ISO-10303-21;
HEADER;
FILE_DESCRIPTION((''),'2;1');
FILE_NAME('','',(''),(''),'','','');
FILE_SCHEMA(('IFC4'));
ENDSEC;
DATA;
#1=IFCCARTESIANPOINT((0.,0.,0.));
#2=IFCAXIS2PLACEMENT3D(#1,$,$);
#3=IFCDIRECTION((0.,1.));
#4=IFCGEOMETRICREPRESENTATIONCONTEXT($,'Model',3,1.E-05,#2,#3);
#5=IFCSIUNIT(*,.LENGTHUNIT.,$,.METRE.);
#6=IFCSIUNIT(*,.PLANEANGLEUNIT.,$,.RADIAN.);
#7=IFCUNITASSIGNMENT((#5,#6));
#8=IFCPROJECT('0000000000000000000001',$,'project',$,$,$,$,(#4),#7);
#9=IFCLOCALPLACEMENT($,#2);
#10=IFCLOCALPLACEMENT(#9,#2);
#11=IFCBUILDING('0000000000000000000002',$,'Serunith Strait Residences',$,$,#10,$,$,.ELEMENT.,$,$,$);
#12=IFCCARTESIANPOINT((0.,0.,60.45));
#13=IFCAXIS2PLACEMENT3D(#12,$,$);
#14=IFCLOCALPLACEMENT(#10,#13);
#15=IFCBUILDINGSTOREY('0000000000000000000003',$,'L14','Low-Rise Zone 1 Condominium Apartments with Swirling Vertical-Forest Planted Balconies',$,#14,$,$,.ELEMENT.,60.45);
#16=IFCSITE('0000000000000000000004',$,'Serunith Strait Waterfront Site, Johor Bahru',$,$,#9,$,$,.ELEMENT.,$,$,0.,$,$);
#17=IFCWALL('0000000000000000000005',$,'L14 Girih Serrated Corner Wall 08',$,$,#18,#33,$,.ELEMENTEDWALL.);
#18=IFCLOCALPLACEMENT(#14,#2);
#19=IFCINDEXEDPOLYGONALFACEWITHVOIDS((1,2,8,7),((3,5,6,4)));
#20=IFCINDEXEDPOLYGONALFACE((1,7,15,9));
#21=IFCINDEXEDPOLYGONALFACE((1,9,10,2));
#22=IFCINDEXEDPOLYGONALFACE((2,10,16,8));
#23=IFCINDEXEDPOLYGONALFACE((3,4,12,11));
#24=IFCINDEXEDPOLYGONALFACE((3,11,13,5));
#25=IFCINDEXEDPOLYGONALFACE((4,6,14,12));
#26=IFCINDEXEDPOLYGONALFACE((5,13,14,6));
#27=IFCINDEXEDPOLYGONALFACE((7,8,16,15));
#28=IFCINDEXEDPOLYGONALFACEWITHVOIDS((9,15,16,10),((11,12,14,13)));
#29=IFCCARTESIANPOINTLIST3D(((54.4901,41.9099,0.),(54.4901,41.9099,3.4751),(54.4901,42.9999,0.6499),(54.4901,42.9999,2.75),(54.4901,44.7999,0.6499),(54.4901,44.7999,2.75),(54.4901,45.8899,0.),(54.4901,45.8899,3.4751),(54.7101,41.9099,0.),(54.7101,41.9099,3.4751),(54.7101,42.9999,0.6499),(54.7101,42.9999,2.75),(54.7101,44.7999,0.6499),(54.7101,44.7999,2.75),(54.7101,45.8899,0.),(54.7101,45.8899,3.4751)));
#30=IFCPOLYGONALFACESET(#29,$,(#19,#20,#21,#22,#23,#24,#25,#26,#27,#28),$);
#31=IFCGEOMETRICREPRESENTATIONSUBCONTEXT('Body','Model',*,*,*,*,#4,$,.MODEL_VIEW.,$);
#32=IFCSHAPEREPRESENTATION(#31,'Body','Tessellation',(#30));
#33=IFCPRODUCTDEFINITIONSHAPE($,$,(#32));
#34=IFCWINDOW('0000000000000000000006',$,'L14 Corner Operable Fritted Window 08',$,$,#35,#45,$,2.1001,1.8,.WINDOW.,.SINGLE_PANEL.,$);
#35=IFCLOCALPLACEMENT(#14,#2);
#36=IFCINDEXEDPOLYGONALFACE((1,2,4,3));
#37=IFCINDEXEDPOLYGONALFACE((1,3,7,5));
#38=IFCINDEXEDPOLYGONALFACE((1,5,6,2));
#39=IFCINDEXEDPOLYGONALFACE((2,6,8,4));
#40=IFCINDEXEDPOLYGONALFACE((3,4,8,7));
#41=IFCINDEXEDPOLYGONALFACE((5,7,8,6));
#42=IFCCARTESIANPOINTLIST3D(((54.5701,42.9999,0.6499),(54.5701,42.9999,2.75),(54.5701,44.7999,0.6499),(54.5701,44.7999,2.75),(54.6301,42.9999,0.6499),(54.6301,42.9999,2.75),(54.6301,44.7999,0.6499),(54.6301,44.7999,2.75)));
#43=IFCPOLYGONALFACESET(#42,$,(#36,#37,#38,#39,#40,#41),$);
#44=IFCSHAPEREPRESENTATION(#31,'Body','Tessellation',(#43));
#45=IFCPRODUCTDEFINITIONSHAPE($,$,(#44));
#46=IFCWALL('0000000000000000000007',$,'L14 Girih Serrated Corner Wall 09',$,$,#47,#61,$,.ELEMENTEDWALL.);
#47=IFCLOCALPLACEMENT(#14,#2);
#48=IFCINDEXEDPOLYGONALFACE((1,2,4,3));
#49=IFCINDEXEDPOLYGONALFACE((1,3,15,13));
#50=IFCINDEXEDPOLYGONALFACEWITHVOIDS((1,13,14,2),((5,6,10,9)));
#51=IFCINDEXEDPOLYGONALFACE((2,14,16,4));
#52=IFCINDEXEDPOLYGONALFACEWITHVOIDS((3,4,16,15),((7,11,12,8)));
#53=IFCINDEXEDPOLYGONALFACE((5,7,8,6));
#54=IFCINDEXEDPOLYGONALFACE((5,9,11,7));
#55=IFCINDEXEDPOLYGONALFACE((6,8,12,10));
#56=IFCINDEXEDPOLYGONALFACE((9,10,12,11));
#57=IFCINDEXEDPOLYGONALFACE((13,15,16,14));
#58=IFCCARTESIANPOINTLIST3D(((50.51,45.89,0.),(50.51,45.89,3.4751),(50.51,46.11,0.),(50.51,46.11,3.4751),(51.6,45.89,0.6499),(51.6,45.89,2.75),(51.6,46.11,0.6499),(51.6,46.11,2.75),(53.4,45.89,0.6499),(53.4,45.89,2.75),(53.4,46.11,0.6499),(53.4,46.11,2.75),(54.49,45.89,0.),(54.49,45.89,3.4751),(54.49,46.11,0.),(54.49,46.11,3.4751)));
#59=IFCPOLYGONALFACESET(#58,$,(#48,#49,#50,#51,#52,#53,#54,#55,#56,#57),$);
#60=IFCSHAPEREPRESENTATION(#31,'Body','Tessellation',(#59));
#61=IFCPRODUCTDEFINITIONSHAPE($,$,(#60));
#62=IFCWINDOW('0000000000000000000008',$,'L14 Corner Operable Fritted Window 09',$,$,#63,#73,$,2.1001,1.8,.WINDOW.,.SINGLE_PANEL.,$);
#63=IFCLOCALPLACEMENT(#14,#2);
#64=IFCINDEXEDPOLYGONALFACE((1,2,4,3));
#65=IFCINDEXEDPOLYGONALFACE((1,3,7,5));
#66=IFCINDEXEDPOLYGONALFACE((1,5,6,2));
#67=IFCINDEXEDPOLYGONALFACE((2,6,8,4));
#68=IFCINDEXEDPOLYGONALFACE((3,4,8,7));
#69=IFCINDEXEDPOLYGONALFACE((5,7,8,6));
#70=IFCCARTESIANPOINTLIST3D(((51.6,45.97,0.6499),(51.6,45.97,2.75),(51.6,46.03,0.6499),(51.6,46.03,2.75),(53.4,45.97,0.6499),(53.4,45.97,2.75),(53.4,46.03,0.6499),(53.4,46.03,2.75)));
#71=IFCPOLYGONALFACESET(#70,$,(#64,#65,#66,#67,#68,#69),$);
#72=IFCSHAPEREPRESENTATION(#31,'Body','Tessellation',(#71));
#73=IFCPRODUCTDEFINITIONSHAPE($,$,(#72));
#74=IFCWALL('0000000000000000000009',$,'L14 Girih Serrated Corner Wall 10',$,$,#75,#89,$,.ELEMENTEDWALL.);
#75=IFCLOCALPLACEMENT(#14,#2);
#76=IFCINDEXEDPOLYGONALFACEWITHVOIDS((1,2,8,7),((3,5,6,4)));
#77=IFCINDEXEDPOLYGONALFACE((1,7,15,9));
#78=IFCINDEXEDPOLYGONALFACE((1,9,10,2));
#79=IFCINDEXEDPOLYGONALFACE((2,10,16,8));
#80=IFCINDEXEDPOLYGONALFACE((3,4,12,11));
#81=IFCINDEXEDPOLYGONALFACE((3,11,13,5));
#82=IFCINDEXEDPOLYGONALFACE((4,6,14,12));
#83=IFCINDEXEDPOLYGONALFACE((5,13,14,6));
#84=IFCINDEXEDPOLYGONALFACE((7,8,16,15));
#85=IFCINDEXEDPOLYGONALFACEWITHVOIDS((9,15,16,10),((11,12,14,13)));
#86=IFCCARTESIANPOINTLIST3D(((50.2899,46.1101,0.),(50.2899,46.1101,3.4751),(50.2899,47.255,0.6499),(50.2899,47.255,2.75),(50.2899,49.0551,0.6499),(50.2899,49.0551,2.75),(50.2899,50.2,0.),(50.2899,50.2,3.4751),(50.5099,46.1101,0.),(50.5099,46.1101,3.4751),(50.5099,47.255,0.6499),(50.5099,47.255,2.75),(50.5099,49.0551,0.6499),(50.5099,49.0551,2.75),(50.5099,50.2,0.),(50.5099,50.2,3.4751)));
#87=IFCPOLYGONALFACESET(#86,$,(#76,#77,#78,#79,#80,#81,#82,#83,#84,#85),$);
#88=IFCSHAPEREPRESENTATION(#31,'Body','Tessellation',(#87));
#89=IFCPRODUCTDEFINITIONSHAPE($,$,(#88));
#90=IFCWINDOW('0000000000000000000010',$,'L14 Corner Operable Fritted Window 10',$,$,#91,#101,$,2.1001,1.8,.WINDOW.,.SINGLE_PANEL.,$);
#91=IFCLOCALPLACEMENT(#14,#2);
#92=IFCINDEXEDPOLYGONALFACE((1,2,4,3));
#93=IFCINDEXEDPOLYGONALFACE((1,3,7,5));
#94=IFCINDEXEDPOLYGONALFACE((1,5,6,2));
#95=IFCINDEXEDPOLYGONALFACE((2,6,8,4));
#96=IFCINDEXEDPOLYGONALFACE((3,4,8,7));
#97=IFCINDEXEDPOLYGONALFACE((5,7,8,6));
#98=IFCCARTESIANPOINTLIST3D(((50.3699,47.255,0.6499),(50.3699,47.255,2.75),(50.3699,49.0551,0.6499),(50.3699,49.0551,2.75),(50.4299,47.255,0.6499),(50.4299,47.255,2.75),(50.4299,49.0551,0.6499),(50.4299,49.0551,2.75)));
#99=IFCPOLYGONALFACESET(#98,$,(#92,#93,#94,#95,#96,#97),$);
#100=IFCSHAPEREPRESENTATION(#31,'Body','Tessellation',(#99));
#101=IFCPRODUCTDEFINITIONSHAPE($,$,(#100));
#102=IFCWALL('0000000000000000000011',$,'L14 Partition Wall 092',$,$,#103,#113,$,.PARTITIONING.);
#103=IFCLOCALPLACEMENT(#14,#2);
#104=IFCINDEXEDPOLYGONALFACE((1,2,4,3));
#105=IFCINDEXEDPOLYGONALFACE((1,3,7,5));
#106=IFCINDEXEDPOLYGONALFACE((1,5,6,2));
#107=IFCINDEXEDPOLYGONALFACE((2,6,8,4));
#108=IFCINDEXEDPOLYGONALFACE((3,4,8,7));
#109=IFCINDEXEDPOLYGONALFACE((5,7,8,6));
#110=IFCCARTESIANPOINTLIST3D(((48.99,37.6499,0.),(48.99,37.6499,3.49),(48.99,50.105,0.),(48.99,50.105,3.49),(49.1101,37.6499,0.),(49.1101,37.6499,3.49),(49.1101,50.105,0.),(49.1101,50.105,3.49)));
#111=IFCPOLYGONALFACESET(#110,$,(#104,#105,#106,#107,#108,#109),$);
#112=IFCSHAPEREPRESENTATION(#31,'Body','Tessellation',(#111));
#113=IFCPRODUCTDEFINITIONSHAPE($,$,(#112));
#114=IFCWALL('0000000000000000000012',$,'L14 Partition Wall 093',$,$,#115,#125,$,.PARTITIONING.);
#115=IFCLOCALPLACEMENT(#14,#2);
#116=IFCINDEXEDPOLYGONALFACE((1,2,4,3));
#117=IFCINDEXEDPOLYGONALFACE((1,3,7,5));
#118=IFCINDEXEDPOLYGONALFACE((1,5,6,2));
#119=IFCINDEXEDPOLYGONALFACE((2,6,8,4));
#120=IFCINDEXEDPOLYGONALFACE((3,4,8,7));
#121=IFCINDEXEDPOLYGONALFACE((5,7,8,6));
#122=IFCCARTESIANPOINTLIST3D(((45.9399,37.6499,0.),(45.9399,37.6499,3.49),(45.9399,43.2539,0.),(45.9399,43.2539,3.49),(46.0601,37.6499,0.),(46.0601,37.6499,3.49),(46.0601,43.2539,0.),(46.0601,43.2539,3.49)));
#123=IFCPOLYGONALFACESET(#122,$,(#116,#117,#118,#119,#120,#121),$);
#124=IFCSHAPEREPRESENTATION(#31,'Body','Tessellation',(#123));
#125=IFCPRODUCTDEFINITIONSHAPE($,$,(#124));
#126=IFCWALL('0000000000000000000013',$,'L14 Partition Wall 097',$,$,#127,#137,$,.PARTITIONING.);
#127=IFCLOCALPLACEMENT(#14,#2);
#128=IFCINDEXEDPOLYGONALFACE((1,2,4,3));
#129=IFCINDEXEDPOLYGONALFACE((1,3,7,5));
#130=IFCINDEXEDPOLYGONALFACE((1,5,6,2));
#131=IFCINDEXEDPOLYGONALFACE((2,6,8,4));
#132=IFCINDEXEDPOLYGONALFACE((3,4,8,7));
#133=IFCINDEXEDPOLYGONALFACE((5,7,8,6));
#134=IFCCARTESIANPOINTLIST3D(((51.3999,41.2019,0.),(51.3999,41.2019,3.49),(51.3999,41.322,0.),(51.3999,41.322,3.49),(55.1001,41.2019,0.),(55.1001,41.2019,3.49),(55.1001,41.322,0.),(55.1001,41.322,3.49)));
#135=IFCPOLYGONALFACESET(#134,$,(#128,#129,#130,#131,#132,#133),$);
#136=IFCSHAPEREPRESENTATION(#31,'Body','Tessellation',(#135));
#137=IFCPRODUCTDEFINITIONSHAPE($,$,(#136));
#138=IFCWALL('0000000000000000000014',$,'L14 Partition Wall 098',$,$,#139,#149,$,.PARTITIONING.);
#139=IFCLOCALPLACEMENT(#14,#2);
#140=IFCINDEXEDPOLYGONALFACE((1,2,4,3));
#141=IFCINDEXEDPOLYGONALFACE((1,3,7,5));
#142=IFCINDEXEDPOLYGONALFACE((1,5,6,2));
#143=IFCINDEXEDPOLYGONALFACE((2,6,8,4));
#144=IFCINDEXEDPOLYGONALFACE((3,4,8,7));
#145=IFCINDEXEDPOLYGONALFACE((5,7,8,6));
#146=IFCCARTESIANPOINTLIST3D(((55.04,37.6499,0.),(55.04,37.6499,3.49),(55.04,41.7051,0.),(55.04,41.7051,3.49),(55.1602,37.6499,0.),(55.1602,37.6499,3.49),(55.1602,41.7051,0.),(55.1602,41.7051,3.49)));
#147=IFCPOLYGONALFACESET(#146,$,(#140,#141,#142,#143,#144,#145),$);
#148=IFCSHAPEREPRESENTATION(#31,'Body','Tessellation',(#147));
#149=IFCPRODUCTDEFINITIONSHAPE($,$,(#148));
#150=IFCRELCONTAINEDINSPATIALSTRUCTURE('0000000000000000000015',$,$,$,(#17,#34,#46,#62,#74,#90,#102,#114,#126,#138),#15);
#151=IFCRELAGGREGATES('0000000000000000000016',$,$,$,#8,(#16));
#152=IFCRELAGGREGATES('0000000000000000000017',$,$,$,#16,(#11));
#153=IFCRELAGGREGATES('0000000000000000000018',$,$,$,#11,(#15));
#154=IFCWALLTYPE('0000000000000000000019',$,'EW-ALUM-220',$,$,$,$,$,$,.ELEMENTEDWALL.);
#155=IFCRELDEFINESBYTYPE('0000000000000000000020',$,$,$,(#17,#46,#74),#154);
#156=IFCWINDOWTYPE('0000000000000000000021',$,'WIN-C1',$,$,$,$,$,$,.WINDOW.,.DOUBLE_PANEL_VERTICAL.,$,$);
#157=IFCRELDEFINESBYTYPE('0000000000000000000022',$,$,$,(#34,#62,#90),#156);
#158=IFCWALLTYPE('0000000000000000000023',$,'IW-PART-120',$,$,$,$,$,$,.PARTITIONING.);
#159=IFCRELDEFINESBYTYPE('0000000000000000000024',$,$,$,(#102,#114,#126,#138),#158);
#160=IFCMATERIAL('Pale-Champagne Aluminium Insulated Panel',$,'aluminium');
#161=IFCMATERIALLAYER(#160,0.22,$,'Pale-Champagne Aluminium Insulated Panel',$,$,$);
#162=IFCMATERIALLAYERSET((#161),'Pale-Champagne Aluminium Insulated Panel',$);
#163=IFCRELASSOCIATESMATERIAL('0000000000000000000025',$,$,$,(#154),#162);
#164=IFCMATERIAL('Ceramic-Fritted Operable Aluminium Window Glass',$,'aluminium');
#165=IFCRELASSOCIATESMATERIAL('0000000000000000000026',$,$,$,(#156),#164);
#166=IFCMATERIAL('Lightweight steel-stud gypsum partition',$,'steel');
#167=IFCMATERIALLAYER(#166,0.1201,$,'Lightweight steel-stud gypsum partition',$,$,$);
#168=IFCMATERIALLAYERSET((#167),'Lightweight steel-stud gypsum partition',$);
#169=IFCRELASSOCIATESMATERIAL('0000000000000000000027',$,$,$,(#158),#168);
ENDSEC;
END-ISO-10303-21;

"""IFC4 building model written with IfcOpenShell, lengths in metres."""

from ifc_helpers import new_model, si_unit, direction, frame, frame_2d, origin, place, context, subcontext, project, spatial, rectangle, extrude, source, transform, mapped, material, layer, layer_set, type_object, element, fill, save


model = new_model("IFC4")

# Units and contexts
model_context = context("Model", 3, precision=1e-05, world=origin(), true_north=direction((0.0, 1.0)))
body_context = subcontext(model_context, "Body", "Model", "MODEL_VIEW")
ifc_project = project(units=[si_unit("LENGTHUNIT", "METRE"), si_unit("PLANEANGLEUNIT", "RADIAN")], contexts=[model_context])

# Site, building, storey
site_placement = place(None, origin())
site = spatial("IfcSite", under=ifc_project, at=site_placement, Name="Serunith Strait Waterfront Site, Johor Bahru", CompositionType="ELEMENT", RefElevation=0.0)
building_placement = place(site_placement, origin())
building = spatial("IfcBuilding", under=site, at=building_placement, Name="Serunith Strait Residences", CompositionType="ELEMENT")
storey_placement = place(building_placement, frame((0.0, 0.0, 60.45)))
storey = spatial("IfcBuildingStorey", under=building, at=storey_placement, Name="L14", Description="Low-Rise Zone 1 Condominium Apartments with Swirling Vertical-Forest Planted Balconies", CompositionType="ELEMENT", Elevation=60.45)

# Walls, openings, windows
ifc_material_1 = material(Name="Pale-Champagne Aluminium Insulated Panel", Category="aluminium")
ifc_layer_1 = layer(ifc_material_1, 0.22, Name="Pale-Champagne Aluminium Insulated Panel")
ifc_layer_set_1 = layer_set([ifc_layer_1], Name="Pale-Champagne Aluminium Insulated Panel")
wall_type_1 = type_object("IfcWallType", Name="EW-ALUM-220", PredefinedType="ELEMENTEDWALL", material=ifc_layer_set_1)
ifc_material_2 = material(Name="Ceramic-Fritted Operable Aluminium Window Glass", Category="aluminium")
window_type = type_object("IfcWindowType", Name="WIN-C1", PartitioningType="DOUBLE_PANEL_VERTICAL", PredefinedType="WINDOW", material=ifc_material_2)
shared_shape_1 = source(origin(), body_context, "Body", "SweptSolid", [
    extrude(rectangle(XDim=1.8, YDim=2.1001, at=frame_2d((0.8999, 1.05))), frame((0.0, 0.03, 0.0), z_axis=(0.0, -1.0, 0.0), x_axis=(1.0, 0.0, 0.0)), (0.0, 0.0, 1.0), 0.0601),
])
wall_1_placement = place(storey_placement, frame((54.6001, 41.9099, 0.0), z_axis=(0.0, 0.0, 1.0), x_axis=(0.0, 1.0, 0.0)))
wall_1 = element("IfcWall", 1, at=wall_1_placement, inside=storey, type_object=wall_type_1, Name="L14 Girih Serrated Corner Wall 08", PredefinedType="ELEMENTEDWALL", context=body_context, shape_type="SweptSolid", body=[
    extrude(rectangle(XDim=3.98, YDim=0.22, at=frame_2d((1.99, 0.0))), origin(), (0.0, 0.0, 1.0), 3.4751),
])
opening_1_placement = place(wall_1_placement, frame((1.0901, 0.0, 0.6499)))
opening_1 = element("IfcOpeningElement", 2, at=opening_1_placement, cuts=wall_1, PredefinedType="OPENING", context=body_context, shape_type="SweptSolid", body=[
    extrude(rectangle(XDim=1.8, YDim=2.1001, at=frame_2d((0.8999, 1.05))), frame((0.0, 0.1201, 0.0), z_axis=(0.0, -1.0, 0.0), x_axis=(1.0, 0.0, 0.0)), (0.0, 0.0, 1.0), 0.24),
])
window_1_placement = place(opening_1_placement, origin())
window_1 = element("IfcWindow", 3, at=window_1_placement, inside=storey, type_object=window_type, Name="L14 Corner Operable Fritted Window 08", OverallHeight=2.1001, OverallWidth=1.8, PartitioningType="SINGLE_PANEL", PredefinedType="WINDOW", context=body_context, shape_type="MappedRepresentation", body=[
    mapped(shared_shape_1, transform((0.0, 0.0, 0.0), scale=1.0)),
])
fill(opening_1, window_1)
wall_2_placement = place(storey_placement, frame((54.49, 46.0, 0.0), z_axis=(0.0, 0.0, 1.0), x_axis=(-1.0, 0.0, 0.0)))
wall_2 = element("IfcWall", 4, at=wall_2_placement, inside=storey, type_object=wall_type_1, Name="L14 Girih Serrated Corner Wall 09", PredefinedType="ELEMENTEDWALL", context=body_context, shape_type="SweptSolid", body=[
    extrude(rectangle(XDim=3.98, YDim=0.22, at=frame_2d((1.99, 0.0))), origin(), (0.0, 0.0, 1.0), 3.4751),
])
opening_2_placement = place(wall_2_placement, frame((1.0901, 0.0, 0.6499)))
opening_2 = element("IfcOpeningElement", 5, at=opening_2_placement, cuts=wall_2, PredefinedType="OPENING", context=body_context, shape_type="SweptSolid", body=[
    extrude(rectangle(XDim=1.8, YDim=2.1001, at=frame_2d((0.8999, 1.05))), frame((0.0, 0.1201, 0.0), z_axis=(0.0, -1.0, 0.0), x_axis=(1.0, 0.0, 0.0)), (0.0, 0.0, 1.0), 0.24),
])
window_2_placement = place(opening_2_placement, origin())
window_2 = element("IfcWindow", 6, at=window_2_placement, inside=storey, type_object=window_type, Name="L14 Corner Operable Fritted Window 09", OverallHeight=2.1001, OverallWidth=1.8, PartitioningType="SINGLE_PANEL", PredefinedType="WINDOW", context=body_context, shape_type="MappedRepresentation", body=[
    mapped(shared_shape_1, transform((0.0, 0.0, 0.0), scale=1.0)),
])
fill(opening_2, window_2)
wall_3_placement = place(storey_placement, frame((50.3999, 46.1101, 0.0), z_axis=(0.0, 0.0, 1.0), x_axis=(0.0, 1.0, 0.0)))
wall_3 = element("IfcWall", 7, at=wall_3_placement, inside=storey, type_object=wall_type_1, Name="L14 Girih Serrated Corner Wall 10", PredefinedType="ELEMENTEDWALL", context=body_context, shape_type="SweptSolid", body=[
    extrude(rectangle(XDim=4.0898, YDim=0.22, at=frame_2d((2.0449, 0.0))), origin(), (0.0, 0.0, 1.0), 3.4751),
])
opening_3_placement = place(wall_3_placement, frame((1.145, 0.0, 0.6499)))
opening_3 = element("IfcOpeningElement", 8, at=opening_3_placement, cuts=wall_3, PredefinedType="OPENING", context=body_context, shape_type="SweptSolid", body=[
    extrude(rectangle(XDim=1.8, YDim=2.1001, at=frame_2d((0.8999, 1.05))), frame((0.0, 0.1201, 0.0), z_axis=(0.0, -1.0, 0.0), x_axis=(1.0, 0.0, 0.0)), (0.0, 0.0, 1.0), 0.24),
])
window_3_placement = place(opening_3_placement, origin())
window_3 = element("IfcWindow", 9, at=window_3_placement, inside=storey, type_object=window_type, Name="L14 Corner Operable Fritted Window 10", OverallHeight=2.1001, OverallWidth=1.8, PartitioningType="SINGLE_PANEL", PredefinedType="WINDOW", context=body_context, shape_type="MappedRepresentation", body=[
    mapped(shared_shape_1, transform((0.0, 0.0, 0.0), scale=1.0)),
])
fill(opening_3, window_3)

# Walls
ifc_material_3 = material(Name="Lightweight steel-stud gypsum partition", Category="steel")
ifc_layer_2 = layer(ifc_material_3, 0.1201, Name="Lightweight steel-stud gypsum partition")
ifc_layer_set_2 = layer_set([ifc_layer_2], Name="Lightweight steel-stud gypsum partition")
wall_type_2 = type_object("IfcWallType", Name="IW-PART-120", PredefinedType="PARTITIONING", material=ifc_layer_set_2)
wall_4_placement = place(storey_placement, frame((49.05, 50.105, 0.0), z_axis=(0.0, 0.0, 1.0), x_axis=(0.0, -1.0, 0.0)))
element("IfcWall", 10, at=wall_4_placement, inside=storey, type_object=wall_type_2, Name="L14 Partition Wall 092", PredefinedType="PARTITIONING", context=body_context, shape_type="SweptSolid", body=[
    extrude(rectangle(XDim=12.4551, YDim=0.1201, at=frame_2d((6.2275, 0.0))), origin(), (0.0, 0.0, 1.0), 3.49),
])
wall_5_placement = place(storey_placement, frame((46.0, 43.2539, 0.0), z_axis=(0.0, 0.0, 1.0), x_axis=(0.0, -1.0, 0.0)))
element("IfcWall", 11, at=wall_5_placement, inside=storey, type_object=wall_type_2, Name="L14 Partition Wall 093", PredefinedType="PARTITIONING", context=body_context, shape_type="SweptSolid", body=[
    extrude(rectangle(XDim=5.604, YDim=0.1201, at=frame_2d((2.802, 0.0))), origin(), (0.0, 0.0, 1.0), 3.49),
])
wall_6_placement = place(storey_placement, frame((51.3999, 41.262, 0.0), z_axis=(0.0, 0.0, 1.0), x_axis=(1.0, 0.0, 0.0)))
element("IfcWall", 12, at=wall_6_placement, inside=storey, type_object=wall_type_2, Name="L14 Partition Wall 097", PredefinedType="PARTITIONING", context=body_context, shape_type="SweptSolid", body=[
    extrude(rectangle(XDim=3.7002, YDim=0.1201, at=frame_2d((1.8501, 0.0))), origin(), (0.0, 0.0, 1.0), 3.49),
])
wall_7_placement = place(storey_placement, frame((55.1001, 41.7051, 0.0), z_axis=(0.0, 0.0, 1.0), x_axis=(0.0, -1.0, 0.0)))
element("IfcWall", 13, at=wall_7_placement, inside=storey, type_object=wall_type_2, Name="L14 Partition Wall 098", PredefinedType="PARTITIONING", context=body_context, shape_type="SweptSolid", body=[
    extrude(rectangle(XDim=4.0552, YDim=0.1201, at=frame_2d((2.0276, 0.0))), origin(), (0.0, 0.0, 1.0), 3.49),
])

save(model, "model.ifc")
